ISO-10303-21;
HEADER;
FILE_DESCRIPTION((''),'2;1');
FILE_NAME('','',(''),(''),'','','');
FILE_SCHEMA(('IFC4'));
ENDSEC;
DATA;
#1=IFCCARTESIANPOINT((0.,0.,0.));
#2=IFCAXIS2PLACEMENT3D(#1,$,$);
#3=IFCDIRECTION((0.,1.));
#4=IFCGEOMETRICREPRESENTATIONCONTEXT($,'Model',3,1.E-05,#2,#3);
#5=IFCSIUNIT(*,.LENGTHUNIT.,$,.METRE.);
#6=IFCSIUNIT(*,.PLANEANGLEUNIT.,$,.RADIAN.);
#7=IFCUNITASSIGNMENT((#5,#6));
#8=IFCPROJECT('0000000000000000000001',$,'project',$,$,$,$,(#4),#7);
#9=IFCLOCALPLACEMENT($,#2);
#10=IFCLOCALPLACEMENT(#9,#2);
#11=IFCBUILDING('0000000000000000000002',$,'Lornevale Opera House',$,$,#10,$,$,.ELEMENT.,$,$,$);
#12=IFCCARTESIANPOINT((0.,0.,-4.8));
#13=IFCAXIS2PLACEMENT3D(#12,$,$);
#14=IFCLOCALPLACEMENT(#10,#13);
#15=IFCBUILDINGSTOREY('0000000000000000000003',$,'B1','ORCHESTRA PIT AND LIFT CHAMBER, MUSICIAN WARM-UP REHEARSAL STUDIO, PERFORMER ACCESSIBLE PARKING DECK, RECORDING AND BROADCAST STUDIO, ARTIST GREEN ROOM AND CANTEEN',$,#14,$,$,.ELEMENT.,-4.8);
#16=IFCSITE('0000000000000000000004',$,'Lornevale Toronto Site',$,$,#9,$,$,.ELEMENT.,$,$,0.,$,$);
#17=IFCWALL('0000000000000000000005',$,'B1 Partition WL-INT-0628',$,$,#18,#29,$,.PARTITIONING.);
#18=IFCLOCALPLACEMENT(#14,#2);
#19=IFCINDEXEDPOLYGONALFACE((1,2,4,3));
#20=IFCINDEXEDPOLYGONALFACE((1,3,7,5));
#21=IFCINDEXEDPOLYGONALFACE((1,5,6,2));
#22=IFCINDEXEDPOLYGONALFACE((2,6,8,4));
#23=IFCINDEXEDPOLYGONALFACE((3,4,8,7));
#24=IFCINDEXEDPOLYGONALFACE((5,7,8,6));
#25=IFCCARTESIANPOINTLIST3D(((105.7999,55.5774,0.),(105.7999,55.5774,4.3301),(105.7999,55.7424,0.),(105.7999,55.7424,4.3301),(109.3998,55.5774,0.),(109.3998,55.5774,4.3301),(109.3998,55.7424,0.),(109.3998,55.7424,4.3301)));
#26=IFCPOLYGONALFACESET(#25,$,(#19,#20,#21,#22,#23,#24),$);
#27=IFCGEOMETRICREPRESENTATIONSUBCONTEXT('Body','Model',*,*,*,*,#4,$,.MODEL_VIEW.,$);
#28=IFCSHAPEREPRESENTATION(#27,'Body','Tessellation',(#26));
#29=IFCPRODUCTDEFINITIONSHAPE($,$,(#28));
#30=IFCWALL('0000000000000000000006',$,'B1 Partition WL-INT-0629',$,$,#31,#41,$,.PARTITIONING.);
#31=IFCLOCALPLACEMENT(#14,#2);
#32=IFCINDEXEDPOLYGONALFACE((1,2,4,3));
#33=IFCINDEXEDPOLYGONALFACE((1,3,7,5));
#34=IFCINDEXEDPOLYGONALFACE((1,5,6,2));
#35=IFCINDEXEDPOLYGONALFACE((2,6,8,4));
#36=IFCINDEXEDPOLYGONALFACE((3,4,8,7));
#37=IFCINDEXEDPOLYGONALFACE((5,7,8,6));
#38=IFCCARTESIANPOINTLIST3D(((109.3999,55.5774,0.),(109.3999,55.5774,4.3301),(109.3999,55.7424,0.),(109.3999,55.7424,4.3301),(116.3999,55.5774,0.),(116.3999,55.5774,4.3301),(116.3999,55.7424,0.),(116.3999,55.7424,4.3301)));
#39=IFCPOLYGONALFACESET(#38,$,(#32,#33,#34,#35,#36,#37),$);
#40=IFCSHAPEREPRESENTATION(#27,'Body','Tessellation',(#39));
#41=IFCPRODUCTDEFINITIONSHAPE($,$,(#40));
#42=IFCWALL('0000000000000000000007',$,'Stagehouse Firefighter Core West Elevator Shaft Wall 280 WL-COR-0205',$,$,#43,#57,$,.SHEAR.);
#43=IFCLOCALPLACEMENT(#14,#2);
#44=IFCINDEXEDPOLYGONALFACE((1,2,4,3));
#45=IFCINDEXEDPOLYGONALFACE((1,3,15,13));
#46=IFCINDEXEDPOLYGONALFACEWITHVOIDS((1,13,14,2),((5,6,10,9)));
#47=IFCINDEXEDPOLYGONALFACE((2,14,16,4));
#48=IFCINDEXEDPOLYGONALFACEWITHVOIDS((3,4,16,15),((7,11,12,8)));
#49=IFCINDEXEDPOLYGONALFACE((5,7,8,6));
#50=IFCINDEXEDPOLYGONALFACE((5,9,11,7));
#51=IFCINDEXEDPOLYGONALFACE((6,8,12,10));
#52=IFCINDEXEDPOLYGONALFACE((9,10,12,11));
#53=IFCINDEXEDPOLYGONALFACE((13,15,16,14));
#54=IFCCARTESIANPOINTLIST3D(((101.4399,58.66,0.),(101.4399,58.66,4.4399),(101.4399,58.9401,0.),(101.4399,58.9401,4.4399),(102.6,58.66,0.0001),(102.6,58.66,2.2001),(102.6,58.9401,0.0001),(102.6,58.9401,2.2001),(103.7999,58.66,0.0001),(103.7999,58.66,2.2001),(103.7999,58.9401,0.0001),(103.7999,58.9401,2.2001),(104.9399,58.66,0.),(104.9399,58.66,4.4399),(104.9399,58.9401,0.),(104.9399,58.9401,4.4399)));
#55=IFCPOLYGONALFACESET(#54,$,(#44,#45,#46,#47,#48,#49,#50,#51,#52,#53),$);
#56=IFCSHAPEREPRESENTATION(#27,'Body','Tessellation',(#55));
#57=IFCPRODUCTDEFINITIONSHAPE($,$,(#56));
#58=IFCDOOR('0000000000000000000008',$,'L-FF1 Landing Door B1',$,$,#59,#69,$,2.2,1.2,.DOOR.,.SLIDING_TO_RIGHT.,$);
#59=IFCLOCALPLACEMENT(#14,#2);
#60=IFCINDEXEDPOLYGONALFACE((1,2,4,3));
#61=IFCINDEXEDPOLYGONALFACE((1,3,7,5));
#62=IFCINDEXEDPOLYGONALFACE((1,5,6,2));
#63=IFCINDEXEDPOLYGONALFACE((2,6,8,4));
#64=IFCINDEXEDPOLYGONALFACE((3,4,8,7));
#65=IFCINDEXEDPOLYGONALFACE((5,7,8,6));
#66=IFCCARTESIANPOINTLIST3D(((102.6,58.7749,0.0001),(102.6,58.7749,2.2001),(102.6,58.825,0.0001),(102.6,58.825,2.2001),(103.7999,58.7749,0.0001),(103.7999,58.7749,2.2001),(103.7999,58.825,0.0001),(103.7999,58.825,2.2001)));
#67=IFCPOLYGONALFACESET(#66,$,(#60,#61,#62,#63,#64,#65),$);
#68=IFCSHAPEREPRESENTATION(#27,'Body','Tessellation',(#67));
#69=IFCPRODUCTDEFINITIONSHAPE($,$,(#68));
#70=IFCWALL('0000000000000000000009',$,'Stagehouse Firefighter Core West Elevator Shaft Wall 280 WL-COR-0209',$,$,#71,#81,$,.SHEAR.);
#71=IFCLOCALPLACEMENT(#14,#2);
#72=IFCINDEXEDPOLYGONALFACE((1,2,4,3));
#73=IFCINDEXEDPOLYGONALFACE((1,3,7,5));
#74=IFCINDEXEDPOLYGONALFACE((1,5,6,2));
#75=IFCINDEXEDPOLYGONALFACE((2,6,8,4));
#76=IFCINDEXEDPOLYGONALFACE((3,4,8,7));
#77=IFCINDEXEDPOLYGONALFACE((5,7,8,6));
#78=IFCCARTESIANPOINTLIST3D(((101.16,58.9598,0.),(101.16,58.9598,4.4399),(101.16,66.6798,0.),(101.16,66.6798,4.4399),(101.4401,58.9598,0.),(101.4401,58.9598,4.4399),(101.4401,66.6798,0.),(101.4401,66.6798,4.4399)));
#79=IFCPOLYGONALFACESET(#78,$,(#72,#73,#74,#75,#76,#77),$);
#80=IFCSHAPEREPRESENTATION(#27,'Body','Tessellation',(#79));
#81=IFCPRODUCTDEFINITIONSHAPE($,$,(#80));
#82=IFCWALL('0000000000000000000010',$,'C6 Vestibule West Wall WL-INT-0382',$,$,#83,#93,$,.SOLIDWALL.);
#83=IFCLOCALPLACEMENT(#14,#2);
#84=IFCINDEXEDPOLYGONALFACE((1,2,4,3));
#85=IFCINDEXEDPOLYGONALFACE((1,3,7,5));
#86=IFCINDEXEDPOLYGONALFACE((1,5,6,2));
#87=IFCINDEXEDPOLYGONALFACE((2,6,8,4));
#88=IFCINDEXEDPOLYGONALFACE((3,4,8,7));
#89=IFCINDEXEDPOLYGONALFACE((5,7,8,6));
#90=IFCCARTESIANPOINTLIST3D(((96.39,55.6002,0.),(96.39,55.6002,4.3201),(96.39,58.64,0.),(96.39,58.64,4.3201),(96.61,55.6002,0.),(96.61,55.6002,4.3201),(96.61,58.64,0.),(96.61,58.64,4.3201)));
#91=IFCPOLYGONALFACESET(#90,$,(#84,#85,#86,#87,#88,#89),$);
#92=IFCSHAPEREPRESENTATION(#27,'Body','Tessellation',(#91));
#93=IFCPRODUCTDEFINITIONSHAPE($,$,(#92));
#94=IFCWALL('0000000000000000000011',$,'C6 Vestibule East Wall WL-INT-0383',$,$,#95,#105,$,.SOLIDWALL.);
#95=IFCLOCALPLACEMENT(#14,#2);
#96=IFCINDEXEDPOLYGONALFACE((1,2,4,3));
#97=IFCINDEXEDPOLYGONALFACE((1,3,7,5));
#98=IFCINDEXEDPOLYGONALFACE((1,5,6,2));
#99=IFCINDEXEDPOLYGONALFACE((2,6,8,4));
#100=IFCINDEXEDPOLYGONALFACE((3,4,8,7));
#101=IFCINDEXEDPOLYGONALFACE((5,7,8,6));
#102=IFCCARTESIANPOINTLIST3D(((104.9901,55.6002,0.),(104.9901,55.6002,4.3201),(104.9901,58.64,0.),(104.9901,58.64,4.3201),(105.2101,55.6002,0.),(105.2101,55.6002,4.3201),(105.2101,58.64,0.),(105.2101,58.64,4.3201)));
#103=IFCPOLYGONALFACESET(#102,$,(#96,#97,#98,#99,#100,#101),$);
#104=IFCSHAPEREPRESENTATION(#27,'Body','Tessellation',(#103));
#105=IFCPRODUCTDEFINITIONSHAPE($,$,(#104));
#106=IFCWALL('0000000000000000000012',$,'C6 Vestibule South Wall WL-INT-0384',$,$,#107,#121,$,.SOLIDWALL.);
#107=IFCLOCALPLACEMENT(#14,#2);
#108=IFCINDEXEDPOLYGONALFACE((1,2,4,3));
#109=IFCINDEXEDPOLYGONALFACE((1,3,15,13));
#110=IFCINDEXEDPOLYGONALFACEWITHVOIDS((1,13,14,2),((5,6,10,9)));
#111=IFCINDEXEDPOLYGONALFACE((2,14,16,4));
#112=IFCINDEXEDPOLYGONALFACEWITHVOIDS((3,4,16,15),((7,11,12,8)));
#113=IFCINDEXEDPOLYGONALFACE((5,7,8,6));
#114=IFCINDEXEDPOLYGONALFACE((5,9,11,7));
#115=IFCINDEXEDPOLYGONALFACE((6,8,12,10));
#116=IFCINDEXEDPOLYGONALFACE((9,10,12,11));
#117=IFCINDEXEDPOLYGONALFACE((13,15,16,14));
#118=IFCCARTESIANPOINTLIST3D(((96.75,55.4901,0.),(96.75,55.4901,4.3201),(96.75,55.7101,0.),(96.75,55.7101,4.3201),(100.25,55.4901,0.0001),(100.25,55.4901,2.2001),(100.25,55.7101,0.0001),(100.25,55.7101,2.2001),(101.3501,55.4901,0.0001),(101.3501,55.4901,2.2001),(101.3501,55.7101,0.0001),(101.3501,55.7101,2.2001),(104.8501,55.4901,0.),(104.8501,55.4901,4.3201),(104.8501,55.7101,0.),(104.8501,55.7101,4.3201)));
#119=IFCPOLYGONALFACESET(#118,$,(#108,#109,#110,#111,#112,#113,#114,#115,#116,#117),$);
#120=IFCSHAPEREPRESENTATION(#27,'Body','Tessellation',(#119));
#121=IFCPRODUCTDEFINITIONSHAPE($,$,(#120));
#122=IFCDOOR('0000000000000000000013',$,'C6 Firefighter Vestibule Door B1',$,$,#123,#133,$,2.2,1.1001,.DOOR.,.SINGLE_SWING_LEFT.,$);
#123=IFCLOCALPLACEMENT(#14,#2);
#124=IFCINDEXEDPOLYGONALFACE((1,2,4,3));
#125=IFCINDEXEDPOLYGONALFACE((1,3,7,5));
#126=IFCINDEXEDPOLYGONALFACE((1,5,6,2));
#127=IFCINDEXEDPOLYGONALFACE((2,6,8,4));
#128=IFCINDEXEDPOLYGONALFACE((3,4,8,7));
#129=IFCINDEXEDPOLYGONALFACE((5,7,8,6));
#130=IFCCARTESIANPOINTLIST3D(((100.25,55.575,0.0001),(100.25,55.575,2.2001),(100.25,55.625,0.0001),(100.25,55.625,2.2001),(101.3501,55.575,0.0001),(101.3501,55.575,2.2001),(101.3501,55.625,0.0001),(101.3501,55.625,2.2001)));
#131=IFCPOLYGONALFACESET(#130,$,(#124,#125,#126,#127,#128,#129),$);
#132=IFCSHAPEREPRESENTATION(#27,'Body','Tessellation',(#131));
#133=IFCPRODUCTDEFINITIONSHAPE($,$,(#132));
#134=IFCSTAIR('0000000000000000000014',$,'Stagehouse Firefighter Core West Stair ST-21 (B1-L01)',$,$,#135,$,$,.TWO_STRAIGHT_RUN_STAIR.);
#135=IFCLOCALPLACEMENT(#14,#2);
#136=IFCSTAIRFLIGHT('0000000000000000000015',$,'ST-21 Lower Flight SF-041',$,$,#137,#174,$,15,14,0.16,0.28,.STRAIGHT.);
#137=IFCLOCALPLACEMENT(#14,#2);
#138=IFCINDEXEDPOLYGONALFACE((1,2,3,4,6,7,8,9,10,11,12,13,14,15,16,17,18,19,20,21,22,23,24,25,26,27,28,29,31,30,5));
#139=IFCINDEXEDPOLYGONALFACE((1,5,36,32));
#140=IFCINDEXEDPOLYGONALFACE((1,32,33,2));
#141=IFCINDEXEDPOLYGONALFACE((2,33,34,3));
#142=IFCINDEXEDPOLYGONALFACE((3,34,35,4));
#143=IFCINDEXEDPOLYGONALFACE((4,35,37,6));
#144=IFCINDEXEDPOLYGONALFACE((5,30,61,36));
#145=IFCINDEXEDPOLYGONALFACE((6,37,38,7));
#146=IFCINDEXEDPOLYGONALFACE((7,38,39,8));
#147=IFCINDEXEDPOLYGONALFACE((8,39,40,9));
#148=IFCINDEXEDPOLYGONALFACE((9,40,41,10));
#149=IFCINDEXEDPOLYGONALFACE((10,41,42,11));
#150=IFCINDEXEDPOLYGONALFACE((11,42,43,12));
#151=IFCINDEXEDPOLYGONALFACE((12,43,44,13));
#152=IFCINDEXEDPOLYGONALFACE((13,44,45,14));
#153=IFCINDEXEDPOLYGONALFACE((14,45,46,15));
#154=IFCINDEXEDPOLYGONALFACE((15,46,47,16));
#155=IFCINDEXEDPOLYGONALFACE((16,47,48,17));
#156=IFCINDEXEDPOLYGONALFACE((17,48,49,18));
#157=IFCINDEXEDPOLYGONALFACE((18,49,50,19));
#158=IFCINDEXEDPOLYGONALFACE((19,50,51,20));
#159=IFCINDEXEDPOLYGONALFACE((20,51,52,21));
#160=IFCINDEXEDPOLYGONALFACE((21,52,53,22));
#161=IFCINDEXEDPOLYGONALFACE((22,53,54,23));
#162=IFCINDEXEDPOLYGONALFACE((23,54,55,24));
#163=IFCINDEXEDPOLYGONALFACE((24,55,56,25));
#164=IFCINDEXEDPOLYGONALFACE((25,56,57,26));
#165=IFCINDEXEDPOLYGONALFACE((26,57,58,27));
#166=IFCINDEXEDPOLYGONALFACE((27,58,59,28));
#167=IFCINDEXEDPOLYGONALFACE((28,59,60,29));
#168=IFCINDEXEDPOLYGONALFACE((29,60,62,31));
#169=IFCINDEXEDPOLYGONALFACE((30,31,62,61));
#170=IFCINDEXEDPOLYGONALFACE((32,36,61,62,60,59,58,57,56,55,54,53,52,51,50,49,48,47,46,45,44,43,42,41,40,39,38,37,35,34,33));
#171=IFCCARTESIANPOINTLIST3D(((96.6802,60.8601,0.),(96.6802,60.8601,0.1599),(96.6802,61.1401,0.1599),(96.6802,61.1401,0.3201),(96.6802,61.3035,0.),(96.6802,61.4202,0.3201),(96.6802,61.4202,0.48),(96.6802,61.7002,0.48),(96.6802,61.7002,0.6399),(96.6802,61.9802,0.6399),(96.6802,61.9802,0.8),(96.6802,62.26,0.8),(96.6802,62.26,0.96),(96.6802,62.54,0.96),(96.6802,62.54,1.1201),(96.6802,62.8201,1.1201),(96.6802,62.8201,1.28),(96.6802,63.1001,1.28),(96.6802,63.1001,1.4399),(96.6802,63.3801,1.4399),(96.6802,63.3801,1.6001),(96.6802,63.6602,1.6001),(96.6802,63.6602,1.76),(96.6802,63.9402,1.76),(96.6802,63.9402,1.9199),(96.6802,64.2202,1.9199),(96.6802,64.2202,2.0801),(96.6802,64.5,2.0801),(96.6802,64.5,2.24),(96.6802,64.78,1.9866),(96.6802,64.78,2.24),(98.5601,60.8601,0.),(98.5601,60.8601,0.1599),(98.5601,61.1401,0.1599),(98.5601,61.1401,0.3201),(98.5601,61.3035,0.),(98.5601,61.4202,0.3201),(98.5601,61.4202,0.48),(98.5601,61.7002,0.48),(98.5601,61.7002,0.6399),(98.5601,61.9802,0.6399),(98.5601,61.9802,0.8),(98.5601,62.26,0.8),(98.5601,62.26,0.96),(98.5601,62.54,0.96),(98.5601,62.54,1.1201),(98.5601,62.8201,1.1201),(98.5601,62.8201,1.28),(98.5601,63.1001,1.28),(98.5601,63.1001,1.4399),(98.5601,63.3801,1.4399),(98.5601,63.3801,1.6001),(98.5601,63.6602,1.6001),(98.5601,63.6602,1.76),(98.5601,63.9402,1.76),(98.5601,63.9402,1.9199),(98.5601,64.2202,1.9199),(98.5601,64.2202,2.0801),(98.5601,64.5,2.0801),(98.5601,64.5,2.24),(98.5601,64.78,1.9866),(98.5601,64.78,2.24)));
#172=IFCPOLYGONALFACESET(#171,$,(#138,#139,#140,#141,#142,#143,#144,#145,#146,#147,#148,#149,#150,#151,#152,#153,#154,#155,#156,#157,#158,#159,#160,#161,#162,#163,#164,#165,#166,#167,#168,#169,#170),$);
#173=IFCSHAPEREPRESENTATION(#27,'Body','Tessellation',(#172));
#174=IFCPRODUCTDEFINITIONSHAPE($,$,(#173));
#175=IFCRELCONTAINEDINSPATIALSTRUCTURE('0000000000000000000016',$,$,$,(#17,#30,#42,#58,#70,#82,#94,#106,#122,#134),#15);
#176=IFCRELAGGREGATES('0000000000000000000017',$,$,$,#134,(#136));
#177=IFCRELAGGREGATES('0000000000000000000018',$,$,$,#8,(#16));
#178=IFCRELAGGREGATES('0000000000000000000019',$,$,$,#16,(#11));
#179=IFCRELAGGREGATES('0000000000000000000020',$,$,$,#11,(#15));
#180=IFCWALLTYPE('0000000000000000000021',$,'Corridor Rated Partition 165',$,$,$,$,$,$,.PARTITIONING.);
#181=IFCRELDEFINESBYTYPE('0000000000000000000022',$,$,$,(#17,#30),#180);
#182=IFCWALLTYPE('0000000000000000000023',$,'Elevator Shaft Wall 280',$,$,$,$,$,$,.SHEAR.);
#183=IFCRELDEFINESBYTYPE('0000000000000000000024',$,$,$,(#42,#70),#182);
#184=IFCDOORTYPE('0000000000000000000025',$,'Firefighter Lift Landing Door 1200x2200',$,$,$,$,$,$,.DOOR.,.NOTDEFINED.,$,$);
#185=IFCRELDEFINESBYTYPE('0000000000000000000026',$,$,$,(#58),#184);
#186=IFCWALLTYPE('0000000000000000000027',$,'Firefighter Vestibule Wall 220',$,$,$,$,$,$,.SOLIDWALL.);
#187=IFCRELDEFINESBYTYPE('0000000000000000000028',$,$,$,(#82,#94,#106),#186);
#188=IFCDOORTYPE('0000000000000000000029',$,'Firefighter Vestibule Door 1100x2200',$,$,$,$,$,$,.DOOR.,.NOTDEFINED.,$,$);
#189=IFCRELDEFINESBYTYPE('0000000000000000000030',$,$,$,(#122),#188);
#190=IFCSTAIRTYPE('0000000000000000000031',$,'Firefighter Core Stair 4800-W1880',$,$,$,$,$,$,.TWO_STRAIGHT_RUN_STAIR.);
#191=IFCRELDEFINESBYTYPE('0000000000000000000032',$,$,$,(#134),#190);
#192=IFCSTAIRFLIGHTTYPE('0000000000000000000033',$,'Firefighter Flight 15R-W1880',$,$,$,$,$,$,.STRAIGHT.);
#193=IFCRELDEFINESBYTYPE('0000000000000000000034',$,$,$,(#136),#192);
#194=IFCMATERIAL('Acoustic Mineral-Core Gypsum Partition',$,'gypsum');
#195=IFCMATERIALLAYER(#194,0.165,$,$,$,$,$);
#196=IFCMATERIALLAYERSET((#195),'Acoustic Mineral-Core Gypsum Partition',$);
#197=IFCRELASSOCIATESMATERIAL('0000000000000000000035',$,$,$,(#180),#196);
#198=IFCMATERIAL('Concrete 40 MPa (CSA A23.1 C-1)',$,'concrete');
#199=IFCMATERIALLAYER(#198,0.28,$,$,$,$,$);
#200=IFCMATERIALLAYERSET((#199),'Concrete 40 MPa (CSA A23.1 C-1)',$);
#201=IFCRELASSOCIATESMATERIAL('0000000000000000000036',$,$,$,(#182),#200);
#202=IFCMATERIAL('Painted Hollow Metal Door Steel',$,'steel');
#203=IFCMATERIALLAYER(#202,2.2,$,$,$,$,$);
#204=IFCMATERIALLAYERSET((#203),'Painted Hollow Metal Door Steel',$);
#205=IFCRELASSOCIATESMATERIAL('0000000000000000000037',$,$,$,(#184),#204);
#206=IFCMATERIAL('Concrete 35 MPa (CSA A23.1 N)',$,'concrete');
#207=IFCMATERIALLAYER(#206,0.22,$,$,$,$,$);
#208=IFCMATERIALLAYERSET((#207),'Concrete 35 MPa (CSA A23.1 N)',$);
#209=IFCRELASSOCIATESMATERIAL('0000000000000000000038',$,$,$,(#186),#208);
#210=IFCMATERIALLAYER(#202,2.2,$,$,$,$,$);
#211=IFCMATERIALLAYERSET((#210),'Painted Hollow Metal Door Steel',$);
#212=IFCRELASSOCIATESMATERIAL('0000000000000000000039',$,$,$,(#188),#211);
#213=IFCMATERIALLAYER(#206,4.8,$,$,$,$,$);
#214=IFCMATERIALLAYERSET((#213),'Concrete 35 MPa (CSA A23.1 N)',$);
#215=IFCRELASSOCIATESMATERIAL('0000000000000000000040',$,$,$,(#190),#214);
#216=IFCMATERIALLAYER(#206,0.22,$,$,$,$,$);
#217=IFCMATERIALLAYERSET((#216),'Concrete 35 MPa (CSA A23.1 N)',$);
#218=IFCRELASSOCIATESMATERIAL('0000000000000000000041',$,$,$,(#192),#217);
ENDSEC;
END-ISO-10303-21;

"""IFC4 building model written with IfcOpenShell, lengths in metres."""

from ifc_helpers import new_model, si_unit, direction, frame, frame_2d, origin, place, context, subcontext, project, spatial, polyline, rectangle, outline, extrude, material, layer, layer_set, type_object, element, fill, aggregate, save


model = new_model("IFC4")

# Units and contexts
model_context = context("Model", 3, precision=1e-05, world=origin(), true_north=direction((0.0, 1.0)))
body_context = subcontext(model_context, "Body", "Model", "MODEL_VIEW")
ifc_project = project(units=[si_unit("LENGTHUNIT", "METRE"), si_unit("PLANEANGLEUNIT", "RADIAN")], contexts=[model_context])

# Site, building, storey
site_placement = place(None, origin())
site = spatial("IfcSite", under=ifc_project, at=site_placement, Name="Lornevale Toronto Site", CompositionType="ELEMENT", RefElevation=0.0)
building_placement = place(site_placement, origin())
building = spatial("IfcBuilding", under=site, at=building_placement, Name="Lornevale Opera House", CompositionType="ELEMENT")
storey_placement = place(building_placement, frame((0.0, 0.0, -4.8)))
storey = spatial("IfcBuildingStorey", under=building, at=storey_placement, Name="B1", Description="ORCHESTRA PIT AND LIFT CHAMBER, MUSICIAN WARM-UP REHEARSAL STUDIO, PERFORMER ACCESSIBLE PARKING DECK, RECORDING AND BROADCAST STUDIO, ARTIST GREEN ROOM AND CANTEEN", CompositionType="ELEMENT", Elevation=-4.8)

# Shared definitions
ifc_material_1 = material(Name="Concrete 40 MPa (CSA A23.1 C-1)", Category="concrete")

# Shared definitions
ifc_material_2 = material(Name="Concrete 35 MPa (CSA A23.1 N)", Category="concrete")

# Shared definitions
ifc_material_3 = material(Name="Painted Hollow Metal Door Steel", Category="steel")

# Walls
ifc_material_4 = material(Name="Acoustic Mineral-Core Gypsum Partition", Category="gypsum")
ifc_layer_1 = layer(ifc_material_4, 0.165)
ifc_layer_set_1 = layer_set([ifc_layer_1], Name="Acoustic Mineral-Core Gypsum Partition")
wall_type_1 = type_object("IfcWallType", Name="Corridor Rated Partition 165", PredefinedType="PARTITIONING", material=ifc_layer_set_1)
wall_1_placement = place(storey_placement, frame((105.8, 55.6599, 0.0), z_axis=(0.0, 0.0, 1.0), x_axis=(1.0, 0.0, 0.0)))
element("IfcWall", 1, at=wall_1_placement, inside=storey, type_object=wall_type_1, Name="B1 Partition WL-INT-0628", PredefinedType="PARTITIONING", context=body_context, shape_type="SweptSolid", body=[
    extrude(rectangle(XDim=3.5999, YDim=0.165, at=frame_2d((1.7998, 0.0))), origin(), (0.0, 0.0, 1.0), 4.3301),
])
wall_2_placement = place(storey_placement, frame((109.3999, 55.6599, 0.0), z_axis=(0.0, 0.0, 1.0), x_axis=(1.0, 0.0, 0.0)))
element("IfcWall", 2, at=wall_2_placement, inside=storey, type_object=wall_type_1, Name="B1 Partition WL-INT-0629", PredefinedType="PARTITIONING", context=body_context, shape_type="SweptSolid", body=[
    extrude(rectangle(XDim=7.0, YDim=0.165, at=frame_2d((3.5, 0.0))), origin(), (0.0, 0.0, 1.0), 4.3301),
])

# Wall, opening, door
ifc_layer_2 = layer(ifc_material_1, 0.28)
ifc_layer_set_2 = layer_set([ifc_layer_2], Name="Concrete 40 MPa (CSA A23.1 C-1)")
wall_type_2 = type_object("IfcWallType", Name="Elevator Shaft Wall 280", PredefinedType="SHEAR", material=ifc_layer_set_2)
wall_3_placement = place(storey_placement, frame((101.4399, 58.8, 0.0), z_axis=(0.0, 0.0, 1.0), x_axis=(1.0, 0.0, 0.0)))
wall_3 = element("IfcWall", 3, at=wall_3_placement, inside=storey, type_object=wall_type_2, Name="Stagehouse Firefighter Core West Elevator Shaft Wall 280 WL-COR-0205", PredefinedType="SHEAR", context=body_context, shape_type="SweptSolid", body=[
    extrude(rectangle(XDim=3.5, YDim=0.28, at=frame_2d((1.75, 0.0))), origin(), (0.0, 0.0, 1.0), 4.4399),
])
opening_1_placement = place(wall_3_placement, frame((1.1599, 0.0, 0.0)))
opening_1 = element("IfcOpeningElement", 4, at=opening_1_placement, cuts=wall_3, PredefinedType="OPENING", context=body_context, shape_type="SweptSolid", body=[
    extrude(rectangle(XDim=1.2, YDim=2.2, at=frame_2d((0.6001, 1.1001))), frame((0.0, 0.1499, 0.0), z_axis=(0.0, -1.0, 0.0), x_axis=(1.0, 0.0, 0.0)), (0.0, 0.0, 1.0), 0.3),
])
ifc_layer_3 = layer(ifc_material_3, 2.2)
ifc_layer_set_3 = layer_set([ifc_layer_3], Name="Painted Hollow Metal Door Steel")
door_type_1 = type_object("IfcDoorType", Name="Firefighter Lift Landing Door 1200x2200", OperationType="NOTDEFINED", PredefinedType="DOOR", material=ifc_layer_set_3)
door_1_placement = place(opening_1_placement, origin())
door_1 = element("IfcDoor", 5, at=door_1_placement, inside=storey, type_object=door_type_1, Name="L-FF1 Landing Door B1", OperationType="SLIDING_TO_RIGHT", OverallHeight=2.2, OverallWidth=1.2, PredefinedType="DOOR", context=body_context, shape_type="SweptSolid", body=[
    extrude(rectangle(XDim=1.2, YDim=2.2, at=frame_2d((0.6001, 1.1001))), frame((0.0, 0.0249, 0.0), z_axis=(0.0, -1.0, 0.0), x_axis=(1.0, 0.0, 0.0)), (0.0, 0.0, 1.0), 0.05),
])
fill(opening_1, door_1)

# Walls
wall_4_placement = place(storey_placement, frame((101.3, 58.96, 0.0), z_axis=(0.0, 0.0, 1.0), x_axis=(0.0, 1.0, 0.0)))
element("IfcWall", 6, at=wall_4_placement, inside=storey, type_object=wall_type_2, Name="Stagehouse Firefighter Core West Elevator Shaft Wall 280 WL-COR-0209", PredefinedType="SHEAR", context=body_context, shape_type="SweptSolid", body=[
    extrude(rectangle(XDim=7.72, YDim=0.28, at=frame_2d((3.8599, 0.0))), origin(), (0.0, 0.0, 1.0), 4.4399),
])
ifc_layer_4 = layer(ifc_material_2, 0.22)
ifc_layer_set_4 = layer_set([ifc_layer_4], Name="Concrete 35 MPa (CSA A23.1 N)")
wall_type_3 = type_object("IfcWallType", Name="Firefighter Vestibule Wall 220", PredefinedType="SOLIDWALL", material=ifc_layer_set_4)
for number, where, z_axis, x_axis, name in (
    (7, (96.5, 55.6001, 0.0), (0.0, 0.0, 1.0), (0.0, 1.0, 0.0), "C6 Vestibule West Wall WL-INT-0382"),
    (8, (105.1001, 55.6001, 0.0), (0.0, 0.0, 1.0), (0.0, 1.0, 0.0), "C6 Vestibule East Wall WL-INT-0383"),
):
    element("IfcWall", number, at=place(storey_placement, frame(where, z_axis=z_axis, x_axis=x_axis)), inside=storey, type_object=wall_type_3, Name=name, PredefinedType="SOLIDWALL", context=body_context, shape_type="SweptSolid", body=[
        extrude(rectangle(XDim=3.0398, YDim=0.22, at=frame_2d((1.52, 0.0))), origin(), (0.0, 0.0, 1.0), 4.3201),
    ])

# Wall, opening, door
wall_5_placement = place(storey_placement, frame((96.75, 55.6001, 0.0), z_axis=(0.0, 0.0, 1.0), x_axis=(1.0, 0.0, 0.0)))
wall_5 = element("IfcWall", 9, at=wall_5_placement, inside=storey, type_object=wall_type_3, Name="C6 Vestibule South Wall WL-INT-0384", PredefinedType="SOLIDWALL", context=body_context, shape_type="SweptSolid", body=[
    extrude(rectangle(XDim=8.1001, YDim=0.22, at=frame_2d((4.05, 0.0))), origin(), (0.0, 0.0, 1.0), 4.3201),
])
opening_2_placement = place(wall_5_placement, frame((3.5, 0.0, 0.0)))
opening_2 = element("IfcOpeningElement", 10, at=opening_2_placement, cuts=wall_5, PredefinedType="OPENING", context=body_context, shape_type="SweptSolid", body=[
    extrude(rectangle(XDim=1.1001, YDim=2.2, at=frame_2d((0.55, 1.1001))), frame((0.0, 0.1199, 0.0), z_axis=(0.0, -1.0, 0.0), x_axis=(1.0, 0.0, 0.0)), (0.0, 0.0, 1.0), 0.24),
])
ifc_layer_5 = layer(ifc_material_3, 2.2)
ifc_layer_set_5 = layer_set([ifc_layer_5], Name="Painted Hollow Metal Door Steel")
door_type_2 = type_object("IfcDoorType", Name="Firefighter Vestibule Door 1100x2200", OperationType="NOTDEFINED", PredefinedType="DOOR", material=ifc_layer_set_5)
door_2_placement = place(opening_2_placement, origin())
door_2 = element("IfcDoor", 11, at=door_2_placement, inside=storey, type_object=door_type_2, Name="C6 Firefighter Vestibule Door B1", OperationType="SINGLE_SWING_LEFT", OverallHeight=2.2, OverallWidth=1.1001, PredefinedType="DOOR", context=body_context, shape_type="SweptSolid", body=[
    extrude(rectangle(XDim=1.1001, YDim=2.2, at=frame_2d((0.55, 1.1001))), frame((0.0, 0.0249, 0.0), z_axis=(0.0, -1.0, 0.0), x_axis=(1.0, 0.0, 0.0)), (0.0, 0.0, 1.0), 0.05),
])
fill(opening_2, door_2)

# Stair, stair flight
ifc_layer_6 = layer(ifc_material_2, 4.8)
ifc_layer_set_6 = layer_set([ifc_layer_6], Name="Concrete 35 MPa (CSA A23.1 N)")
stair_type = type_object("IfcStairType", Name="Firefighter Core Stair 4800-W1880", PredefinedType="TWO_STRAIGHT_RUN_STAIR", material=ifc_layer_set_6)
stair_placement = place(storey_placement, origin())
stair = element("IfcStair", 12, at=stair_placement, inside=storey, type_object=stair_type, Name="Stagehouse Firefighter Core West Stair ST-21 (B1-L01)", PredefinedType="TWO_STRAIGHT_RUN_STAIR")
ifc_layer_7 = layer(ifc_material_2, 0.22)
ifc_layer_set_7 = layer_set([ifc_layer_7], Name="Concrete 35 MPa (CSA A23.1 N)")
stair_flight_type = type_object("IfcStairFlightType", Name="Firefighter Flight 15R-W1880", PredefinedType="STRAIGHT", material=ifc_layer_set_7)
stair_flight_placement = place(storey_placement, frame((97.6201, 60.8601, 0.0), z_axis=(0.0, 0.0, 1.0), x_axis=(0.0, 1.0, 0.0)))
stair_flight = element("IfcStairFlight", 13, at=stair_flight_placement, type_object=stair_flight_type, Name="ST-21 Lower Flight SF-041", NumberOfRisers=15, NumberOfTreads=14, PredefinedType="STRAIGHT", RiserHeight=0.16, TreadLength=0.28, context=body_context, shape_type="SweptSolid", body=[
    extrude(outline(polyline([(0.0, 0.0), (0.0, 0.1599), (0.28, 0.1599), (0.28, 0.3201), (0.5601, 0.3201), (0.5601, 0.48), (0.8401, 0.48), (0.8401, 0.6399), (1.1201, 0.6399), (1.1201, 0.8), (1.3999, 0.8), (1.3999, 0.96), (1.6799, 0.96), (1.6799, 1.1201), (1.96, 1.1201), (1.96, 1.28), (2.24, 1.28), (2.24, 1.4399), (2.52, 1.4399), (2.52, 1.6001), (2.8, 1.6001), (2.8, 1.76), (3.0801, 1.76), (3.0801, 1.9199), (3.3601, 1.9199), (3.3601, 2.0801), (3.6399, 2.0801), (3.6399, 2.24), (3.9199, 2.24), (3.9199, 1.9866), (0.4434, 0.0), (0.0, 0.0)])), frame((0.0, 0.9399, 0.0), z_axis=(0.0, -1.0, 0.0), x_axis=(1.0, 0.0, 0.0)), (0.0, 0.0, 1.0), 1.8799),
])
aggregate(stair, [stair_flight])

save(model, "model.ifc")
